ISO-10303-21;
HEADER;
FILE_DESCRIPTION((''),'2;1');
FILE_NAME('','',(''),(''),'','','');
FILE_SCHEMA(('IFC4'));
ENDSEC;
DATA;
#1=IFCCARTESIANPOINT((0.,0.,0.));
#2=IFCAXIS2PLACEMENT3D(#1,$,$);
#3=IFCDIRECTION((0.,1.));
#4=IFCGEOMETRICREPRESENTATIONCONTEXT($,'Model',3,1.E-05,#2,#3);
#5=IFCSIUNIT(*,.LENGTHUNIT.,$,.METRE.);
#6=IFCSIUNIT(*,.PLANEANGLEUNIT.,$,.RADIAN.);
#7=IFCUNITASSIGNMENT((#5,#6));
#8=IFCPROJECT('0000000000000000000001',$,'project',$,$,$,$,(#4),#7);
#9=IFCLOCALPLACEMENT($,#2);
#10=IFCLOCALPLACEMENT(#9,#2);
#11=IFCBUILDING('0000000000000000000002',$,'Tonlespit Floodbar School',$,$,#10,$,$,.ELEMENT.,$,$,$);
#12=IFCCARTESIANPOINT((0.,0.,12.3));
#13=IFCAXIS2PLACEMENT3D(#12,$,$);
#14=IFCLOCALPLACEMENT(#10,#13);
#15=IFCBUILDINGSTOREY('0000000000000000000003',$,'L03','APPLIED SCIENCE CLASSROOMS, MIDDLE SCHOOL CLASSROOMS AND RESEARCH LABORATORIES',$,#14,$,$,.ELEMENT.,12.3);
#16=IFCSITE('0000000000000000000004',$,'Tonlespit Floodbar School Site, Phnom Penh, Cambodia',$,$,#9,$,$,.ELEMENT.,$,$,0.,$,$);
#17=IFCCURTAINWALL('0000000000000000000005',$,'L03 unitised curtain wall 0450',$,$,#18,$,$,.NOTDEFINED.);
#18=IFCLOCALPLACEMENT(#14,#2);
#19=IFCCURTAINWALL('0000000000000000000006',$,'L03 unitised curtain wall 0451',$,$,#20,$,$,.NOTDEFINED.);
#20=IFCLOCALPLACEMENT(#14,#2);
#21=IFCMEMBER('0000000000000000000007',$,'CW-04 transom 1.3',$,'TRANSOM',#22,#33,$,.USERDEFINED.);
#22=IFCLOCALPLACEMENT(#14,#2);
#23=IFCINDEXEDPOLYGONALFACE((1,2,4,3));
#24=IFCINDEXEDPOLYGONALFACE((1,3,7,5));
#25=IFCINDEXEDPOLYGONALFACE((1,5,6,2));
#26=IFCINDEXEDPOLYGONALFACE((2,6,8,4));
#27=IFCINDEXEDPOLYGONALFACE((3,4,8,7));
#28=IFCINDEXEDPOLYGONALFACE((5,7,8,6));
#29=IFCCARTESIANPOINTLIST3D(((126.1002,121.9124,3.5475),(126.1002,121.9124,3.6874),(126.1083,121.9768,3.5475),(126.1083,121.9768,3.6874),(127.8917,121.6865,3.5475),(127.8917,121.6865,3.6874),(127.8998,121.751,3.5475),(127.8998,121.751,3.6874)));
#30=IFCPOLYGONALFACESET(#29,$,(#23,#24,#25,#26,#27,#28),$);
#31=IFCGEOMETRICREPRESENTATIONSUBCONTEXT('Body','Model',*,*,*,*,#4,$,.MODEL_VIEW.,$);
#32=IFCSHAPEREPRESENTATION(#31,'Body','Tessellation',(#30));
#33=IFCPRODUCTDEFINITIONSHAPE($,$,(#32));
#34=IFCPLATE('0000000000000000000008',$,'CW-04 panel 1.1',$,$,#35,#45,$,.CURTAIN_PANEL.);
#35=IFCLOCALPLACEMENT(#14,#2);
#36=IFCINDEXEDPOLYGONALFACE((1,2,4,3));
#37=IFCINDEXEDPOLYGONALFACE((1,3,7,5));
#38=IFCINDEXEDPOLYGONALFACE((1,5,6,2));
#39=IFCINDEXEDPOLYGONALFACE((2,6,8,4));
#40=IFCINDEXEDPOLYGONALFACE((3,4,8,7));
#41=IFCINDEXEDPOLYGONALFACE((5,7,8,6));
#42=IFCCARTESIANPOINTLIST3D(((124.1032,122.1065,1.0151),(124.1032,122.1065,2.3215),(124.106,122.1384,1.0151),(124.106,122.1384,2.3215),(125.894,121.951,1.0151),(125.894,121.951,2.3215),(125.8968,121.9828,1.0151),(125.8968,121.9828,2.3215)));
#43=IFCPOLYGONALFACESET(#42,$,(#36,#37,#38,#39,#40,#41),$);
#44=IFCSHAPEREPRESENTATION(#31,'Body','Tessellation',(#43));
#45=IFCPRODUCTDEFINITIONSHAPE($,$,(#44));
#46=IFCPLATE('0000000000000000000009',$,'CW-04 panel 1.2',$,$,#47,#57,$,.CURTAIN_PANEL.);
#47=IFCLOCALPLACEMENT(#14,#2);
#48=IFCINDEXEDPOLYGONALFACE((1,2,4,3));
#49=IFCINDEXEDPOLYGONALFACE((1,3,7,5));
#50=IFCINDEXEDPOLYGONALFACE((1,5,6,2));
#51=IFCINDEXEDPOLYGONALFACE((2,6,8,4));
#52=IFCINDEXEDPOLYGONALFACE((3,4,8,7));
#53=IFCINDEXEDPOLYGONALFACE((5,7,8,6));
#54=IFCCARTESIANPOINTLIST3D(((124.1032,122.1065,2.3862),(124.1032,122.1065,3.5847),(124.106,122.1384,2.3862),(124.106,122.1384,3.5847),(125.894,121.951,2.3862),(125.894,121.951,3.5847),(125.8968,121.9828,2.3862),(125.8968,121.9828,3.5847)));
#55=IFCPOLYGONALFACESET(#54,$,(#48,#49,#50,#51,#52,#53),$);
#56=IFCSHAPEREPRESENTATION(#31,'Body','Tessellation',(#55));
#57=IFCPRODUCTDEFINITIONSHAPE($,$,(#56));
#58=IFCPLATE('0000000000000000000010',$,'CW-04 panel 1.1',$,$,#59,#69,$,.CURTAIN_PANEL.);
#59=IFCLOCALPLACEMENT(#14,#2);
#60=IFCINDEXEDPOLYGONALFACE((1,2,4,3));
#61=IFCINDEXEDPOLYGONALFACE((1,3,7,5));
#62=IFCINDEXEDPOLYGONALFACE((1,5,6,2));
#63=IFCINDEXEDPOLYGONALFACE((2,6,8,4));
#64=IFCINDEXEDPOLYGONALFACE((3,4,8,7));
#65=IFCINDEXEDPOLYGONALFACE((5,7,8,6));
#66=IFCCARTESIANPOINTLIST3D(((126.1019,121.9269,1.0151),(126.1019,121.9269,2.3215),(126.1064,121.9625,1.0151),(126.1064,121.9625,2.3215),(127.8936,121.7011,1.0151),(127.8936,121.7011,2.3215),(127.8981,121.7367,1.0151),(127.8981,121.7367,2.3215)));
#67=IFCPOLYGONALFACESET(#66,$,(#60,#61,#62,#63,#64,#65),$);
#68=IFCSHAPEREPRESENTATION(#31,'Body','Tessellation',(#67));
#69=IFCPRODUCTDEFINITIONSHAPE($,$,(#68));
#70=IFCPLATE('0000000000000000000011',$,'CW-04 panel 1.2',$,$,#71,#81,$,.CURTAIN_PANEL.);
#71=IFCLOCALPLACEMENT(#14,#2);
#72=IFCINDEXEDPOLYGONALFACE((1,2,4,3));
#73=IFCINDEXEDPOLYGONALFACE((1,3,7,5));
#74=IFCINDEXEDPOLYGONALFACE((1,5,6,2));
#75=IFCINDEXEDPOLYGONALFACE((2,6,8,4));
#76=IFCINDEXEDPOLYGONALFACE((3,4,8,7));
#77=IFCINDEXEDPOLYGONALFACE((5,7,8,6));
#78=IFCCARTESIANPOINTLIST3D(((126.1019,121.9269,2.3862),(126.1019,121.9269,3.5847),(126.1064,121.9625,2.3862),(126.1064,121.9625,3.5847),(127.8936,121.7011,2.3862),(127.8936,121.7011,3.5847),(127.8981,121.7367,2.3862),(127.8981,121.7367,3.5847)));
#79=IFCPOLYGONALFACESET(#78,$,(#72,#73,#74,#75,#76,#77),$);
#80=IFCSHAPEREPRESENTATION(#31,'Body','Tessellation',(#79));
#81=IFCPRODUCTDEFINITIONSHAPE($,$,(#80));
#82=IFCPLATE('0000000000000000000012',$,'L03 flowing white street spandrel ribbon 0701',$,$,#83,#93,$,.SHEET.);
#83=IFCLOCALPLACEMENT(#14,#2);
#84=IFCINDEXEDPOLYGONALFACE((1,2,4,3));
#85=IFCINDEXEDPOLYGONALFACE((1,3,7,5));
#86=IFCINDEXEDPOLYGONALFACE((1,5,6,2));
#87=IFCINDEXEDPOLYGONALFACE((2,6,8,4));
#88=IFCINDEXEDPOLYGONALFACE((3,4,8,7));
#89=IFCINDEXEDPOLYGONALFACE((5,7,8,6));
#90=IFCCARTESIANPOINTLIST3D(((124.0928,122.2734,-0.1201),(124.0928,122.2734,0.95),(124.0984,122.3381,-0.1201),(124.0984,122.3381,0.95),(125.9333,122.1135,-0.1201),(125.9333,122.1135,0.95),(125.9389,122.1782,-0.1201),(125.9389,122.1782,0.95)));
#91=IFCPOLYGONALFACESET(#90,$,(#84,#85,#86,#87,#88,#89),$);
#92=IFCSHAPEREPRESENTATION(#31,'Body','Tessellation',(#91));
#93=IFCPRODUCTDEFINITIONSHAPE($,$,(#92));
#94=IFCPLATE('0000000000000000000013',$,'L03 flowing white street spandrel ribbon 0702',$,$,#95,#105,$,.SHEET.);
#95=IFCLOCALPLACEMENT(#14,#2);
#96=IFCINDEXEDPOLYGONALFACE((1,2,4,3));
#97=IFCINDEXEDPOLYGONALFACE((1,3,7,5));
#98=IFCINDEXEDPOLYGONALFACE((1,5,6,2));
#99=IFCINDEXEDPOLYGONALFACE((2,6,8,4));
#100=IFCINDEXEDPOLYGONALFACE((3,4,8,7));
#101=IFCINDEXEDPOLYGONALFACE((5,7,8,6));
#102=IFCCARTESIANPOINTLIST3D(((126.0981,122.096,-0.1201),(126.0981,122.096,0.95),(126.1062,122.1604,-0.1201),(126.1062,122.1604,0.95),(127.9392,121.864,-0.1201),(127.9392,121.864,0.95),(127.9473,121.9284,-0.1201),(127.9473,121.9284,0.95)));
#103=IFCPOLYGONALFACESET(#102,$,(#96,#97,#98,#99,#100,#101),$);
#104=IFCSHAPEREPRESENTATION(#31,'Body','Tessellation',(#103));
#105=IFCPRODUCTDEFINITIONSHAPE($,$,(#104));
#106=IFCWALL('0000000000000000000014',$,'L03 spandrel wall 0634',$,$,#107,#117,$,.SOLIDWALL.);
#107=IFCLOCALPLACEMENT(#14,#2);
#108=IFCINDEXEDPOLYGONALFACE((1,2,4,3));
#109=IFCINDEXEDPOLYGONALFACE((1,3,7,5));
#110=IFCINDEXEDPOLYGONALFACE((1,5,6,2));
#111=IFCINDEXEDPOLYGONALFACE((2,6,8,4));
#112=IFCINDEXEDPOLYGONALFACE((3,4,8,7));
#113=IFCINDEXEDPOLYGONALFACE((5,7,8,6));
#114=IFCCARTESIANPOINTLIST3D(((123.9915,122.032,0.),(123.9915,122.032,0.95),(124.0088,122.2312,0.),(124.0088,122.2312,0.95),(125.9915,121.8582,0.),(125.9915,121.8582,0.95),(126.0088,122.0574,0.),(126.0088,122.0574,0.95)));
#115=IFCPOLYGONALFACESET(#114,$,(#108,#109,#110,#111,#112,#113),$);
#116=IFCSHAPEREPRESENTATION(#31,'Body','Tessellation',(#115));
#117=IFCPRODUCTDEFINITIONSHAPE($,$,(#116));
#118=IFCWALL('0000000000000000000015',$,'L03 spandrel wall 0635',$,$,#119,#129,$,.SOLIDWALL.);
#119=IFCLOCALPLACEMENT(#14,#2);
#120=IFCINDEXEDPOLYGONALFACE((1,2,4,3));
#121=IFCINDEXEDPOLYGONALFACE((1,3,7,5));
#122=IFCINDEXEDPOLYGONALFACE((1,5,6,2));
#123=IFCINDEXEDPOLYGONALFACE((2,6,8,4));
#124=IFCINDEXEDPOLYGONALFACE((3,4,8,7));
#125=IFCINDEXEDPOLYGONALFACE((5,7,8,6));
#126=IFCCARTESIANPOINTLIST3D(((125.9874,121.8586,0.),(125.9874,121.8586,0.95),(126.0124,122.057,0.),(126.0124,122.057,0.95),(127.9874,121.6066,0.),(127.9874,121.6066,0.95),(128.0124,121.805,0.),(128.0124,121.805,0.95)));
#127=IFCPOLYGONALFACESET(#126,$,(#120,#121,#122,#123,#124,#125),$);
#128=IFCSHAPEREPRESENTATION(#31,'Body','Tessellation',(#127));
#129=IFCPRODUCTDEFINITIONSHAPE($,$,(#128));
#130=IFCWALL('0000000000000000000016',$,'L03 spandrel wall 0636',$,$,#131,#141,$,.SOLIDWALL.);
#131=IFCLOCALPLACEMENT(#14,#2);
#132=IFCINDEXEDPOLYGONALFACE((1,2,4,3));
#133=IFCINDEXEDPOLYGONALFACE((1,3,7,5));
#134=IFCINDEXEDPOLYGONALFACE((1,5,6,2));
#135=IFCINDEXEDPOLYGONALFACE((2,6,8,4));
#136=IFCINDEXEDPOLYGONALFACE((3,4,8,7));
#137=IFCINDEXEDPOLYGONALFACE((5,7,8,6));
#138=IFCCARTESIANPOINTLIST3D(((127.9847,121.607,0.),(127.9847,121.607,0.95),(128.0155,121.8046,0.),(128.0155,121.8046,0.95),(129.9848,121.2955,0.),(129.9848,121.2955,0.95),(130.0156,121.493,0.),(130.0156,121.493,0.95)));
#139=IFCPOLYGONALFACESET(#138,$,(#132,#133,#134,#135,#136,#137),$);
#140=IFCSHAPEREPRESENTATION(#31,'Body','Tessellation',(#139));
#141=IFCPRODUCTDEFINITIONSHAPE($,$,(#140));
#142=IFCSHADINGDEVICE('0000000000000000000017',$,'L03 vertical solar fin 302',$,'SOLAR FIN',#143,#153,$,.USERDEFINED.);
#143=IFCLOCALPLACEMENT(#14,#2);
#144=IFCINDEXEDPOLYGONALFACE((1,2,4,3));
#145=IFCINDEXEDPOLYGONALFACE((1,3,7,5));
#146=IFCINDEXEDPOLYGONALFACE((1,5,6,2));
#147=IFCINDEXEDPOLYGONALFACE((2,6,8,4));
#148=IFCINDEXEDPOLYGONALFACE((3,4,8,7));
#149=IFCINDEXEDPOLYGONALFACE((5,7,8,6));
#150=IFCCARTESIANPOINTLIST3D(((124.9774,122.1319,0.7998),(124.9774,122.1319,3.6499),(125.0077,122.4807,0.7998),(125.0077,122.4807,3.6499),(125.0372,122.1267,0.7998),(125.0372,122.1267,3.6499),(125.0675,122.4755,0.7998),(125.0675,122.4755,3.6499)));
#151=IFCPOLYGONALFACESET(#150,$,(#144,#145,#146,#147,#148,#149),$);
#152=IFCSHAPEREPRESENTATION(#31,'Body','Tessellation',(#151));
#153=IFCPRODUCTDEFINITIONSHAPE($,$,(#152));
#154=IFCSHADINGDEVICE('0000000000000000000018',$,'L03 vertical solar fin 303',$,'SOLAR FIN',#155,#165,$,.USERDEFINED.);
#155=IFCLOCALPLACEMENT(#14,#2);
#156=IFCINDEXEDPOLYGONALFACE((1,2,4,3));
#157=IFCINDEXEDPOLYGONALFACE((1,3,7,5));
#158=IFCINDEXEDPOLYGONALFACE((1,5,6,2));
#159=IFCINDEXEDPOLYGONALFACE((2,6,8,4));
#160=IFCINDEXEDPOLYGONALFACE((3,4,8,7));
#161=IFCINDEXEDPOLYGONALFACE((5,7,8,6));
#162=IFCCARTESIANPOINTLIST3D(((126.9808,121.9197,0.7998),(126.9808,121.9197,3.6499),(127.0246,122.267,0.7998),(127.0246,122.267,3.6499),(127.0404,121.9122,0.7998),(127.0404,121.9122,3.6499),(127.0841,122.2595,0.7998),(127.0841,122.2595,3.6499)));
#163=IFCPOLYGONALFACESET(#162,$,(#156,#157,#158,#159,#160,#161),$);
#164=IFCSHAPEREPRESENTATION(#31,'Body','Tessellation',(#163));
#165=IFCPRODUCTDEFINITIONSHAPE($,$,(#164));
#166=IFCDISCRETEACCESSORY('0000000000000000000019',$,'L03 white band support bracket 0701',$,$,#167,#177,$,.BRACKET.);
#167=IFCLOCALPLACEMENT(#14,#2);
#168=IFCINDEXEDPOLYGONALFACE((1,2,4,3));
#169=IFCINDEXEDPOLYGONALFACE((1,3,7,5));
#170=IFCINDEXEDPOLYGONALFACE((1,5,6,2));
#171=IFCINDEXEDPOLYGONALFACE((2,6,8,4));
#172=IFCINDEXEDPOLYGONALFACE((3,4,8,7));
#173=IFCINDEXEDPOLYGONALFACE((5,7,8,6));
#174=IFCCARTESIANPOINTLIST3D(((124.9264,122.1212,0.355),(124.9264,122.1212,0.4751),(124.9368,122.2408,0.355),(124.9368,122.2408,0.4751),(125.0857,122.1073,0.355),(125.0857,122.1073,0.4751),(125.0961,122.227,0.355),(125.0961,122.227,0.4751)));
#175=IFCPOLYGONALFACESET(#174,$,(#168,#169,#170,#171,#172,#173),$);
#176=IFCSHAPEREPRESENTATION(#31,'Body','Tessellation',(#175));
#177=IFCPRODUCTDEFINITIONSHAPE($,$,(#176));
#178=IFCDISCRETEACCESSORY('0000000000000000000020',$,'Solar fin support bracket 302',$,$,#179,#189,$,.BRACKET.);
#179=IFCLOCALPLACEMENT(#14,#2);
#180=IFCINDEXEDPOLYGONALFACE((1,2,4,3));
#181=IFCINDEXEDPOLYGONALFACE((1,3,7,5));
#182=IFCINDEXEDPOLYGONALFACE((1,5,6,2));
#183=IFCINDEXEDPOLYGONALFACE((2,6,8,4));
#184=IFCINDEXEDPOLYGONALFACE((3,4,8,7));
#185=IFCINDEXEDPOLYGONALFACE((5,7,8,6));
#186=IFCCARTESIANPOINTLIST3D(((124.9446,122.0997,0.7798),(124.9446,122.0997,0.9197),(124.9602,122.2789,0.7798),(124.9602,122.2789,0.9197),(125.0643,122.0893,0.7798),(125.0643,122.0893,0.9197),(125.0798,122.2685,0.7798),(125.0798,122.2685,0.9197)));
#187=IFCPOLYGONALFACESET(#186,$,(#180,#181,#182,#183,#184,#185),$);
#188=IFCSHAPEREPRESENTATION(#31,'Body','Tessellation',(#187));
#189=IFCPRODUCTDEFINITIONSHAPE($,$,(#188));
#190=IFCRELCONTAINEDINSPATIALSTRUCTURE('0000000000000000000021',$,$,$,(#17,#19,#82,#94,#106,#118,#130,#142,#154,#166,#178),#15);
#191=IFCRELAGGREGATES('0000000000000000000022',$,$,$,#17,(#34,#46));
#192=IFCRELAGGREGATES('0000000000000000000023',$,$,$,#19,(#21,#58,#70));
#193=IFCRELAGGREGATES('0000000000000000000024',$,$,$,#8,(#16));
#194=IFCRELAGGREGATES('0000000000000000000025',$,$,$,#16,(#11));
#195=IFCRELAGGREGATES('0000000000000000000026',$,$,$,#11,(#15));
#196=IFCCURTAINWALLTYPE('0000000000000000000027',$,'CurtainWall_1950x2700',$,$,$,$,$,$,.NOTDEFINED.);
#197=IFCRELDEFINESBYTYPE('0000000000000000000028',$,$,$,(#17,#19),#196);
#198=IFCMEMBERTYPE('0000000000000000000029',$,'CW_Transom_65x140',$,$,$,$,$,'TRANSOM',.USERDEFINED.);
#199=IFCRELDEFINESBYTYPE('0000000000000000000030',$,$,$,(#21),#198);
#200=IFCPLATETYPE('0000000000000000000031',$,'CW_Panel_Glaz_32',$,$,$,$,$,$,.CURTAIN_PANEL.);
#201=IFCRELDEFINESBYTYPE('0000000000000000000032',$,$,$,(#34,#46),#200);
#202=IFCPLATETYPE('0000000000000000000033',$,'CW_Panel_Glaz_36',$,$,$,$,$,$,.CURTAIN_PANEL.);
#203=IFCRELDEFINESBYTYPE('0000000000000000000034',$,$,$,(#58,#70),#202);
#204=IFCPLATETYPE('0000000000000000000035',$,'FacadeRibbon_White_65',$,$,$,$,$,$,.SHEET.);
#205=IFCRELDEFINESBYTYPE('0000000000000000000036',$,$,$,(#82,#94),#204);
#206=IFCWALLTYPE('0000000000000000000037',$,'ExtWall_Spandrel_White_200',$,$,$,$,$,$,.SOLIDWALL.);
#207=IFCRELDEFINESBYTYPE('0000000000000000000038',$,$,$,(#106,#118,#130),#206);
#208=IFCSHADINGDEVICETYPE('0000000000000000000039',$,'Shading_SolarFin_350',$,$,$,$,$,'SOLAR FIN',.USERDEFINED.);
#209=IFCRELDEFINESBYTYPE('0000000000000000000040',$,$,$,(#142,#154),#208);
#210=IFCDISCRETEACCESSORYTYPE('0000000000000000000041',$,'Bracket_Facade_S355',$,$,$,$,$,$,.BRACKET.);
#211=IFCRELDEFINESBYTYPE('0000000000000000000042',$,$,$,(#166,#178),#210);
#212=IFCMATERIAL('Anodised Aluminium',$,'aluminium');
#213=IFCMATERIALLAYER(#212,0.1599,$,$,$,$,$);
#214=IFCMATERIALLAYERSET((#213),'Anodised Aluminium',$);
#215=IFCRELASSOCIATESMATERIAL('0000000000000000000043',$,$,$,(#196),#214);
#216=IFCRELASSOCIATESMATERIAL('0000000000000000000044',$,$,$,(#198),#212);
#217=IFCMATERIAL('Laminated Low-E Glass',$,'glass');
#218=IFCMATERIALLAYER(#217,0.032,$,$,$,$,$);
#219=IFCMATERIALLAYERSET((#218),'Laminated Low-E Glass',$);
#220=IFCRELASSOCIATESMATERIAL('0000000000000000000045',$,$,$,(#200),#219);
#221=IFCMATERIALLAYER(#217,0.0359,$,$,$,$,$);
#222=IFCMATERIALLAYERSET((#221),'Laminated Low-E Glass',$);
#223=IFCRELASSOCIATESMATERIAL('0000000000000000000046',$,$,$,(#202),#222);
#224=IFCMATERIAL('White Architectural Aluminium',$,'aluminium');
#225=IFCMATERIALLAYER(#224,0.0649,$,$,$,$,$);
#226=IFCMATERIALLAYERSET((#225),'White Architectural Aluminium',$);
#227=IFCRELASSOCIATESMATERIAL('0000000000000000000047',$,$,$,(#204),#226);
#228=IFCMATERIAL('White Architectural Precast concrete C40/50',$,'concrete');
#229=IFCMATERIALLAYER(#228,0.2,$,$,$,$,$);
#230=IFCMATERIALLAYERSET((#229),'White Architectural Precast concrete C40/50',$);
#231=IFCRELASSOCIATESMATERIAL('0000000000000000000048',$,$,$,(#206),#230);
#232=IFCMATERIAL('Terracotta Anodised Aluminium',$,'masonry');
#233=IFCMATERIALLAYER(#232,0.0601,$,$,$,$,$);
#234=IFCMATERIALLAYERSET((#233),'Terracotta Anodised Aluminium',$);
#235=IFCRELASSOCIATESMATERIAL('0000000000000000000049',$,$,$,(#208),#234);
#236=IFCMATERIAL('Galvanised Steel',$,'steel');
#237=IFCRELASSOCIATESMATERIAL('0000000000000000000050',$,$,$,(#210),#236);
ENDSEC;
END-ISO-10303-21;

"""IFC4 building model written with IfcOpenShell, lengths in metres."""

from ifc_helpers import new_model, si_unit, direction, frame, frame_2d, origin, origin_2d, place, context, subcontext, project, spatial, rectangle, extrude, material, layer, layer_set, material_profile, profile_set, type_object, element, aggregate, save


model = new_model("IFC4")

# Units and contexts
model_context = context("Model", 3, precision=1e-05, world=origin(), true_north=direction((0.0, 1.0)))
body_context = subcontext(model_context, "Body", "Model", "MODEL_VIEW")
ifc_project = project(units=[si_unit("LENGTHUNIT", "METRE"), si_unit("PLANEANGLEUNIT", "RADIAN")], contexts=[model_context])

# Site, building, storey
site_placement = place(None, origin())
site = spatial("IfcSite", under=ifc_project, at=site_placement, Name="Tonlespit Floodbar School Site, Phnom Penh, Cambodia", CompositionType="ELEMENT", RefElevation=0.0)
building_placement = place(site_placement, origin())
building = spatial("IfcBuilding", under=site, at=building_placement, Name="Tonlespit Floodbar School", CompositionType="ELEMENT")
storey_placement = place(building_placement, frame((0.0, 0.0, 12.3)))
storey = spatial("IfcBuildingStorey", under=building, at=storey_placement, Name="L03", Description="APPLIED SCIENCE CLASSROOMS, MIDDLE SCHOOL CLASSROOMS AND RESEARCH LABORATORIES", CompositionType="ELEMENT", Elevation=12.3)

# Curtain wall
ifc_material_1 = material(Name="Anodised Aluminium", Category="aluminium")
ifc_layer_1 = layer(ifc_material_1, 0.1599)
ifc_layer_set_1 = layer_set([ifc_layer_1], Name="Anodised Aluminium")
curtain_wall_type_1 = type_object("IfcCurtainWallType", Name="CurtainWall_1950x2700", PredefinedType="NOTDEFINED", material=ifc_layer_set_1)
curtain_wall_1_placement = place(storey_placement, origin())
curtain_wall_1 = element("IfcCurtainWall", 1, at=curtain_wall_1_placement, inside=storey, type_object=curtain_wall_type_1, Name="L03 unitised curtain wall 0450", PredefinedType="NOTDEFINED")

# Curtain wall
curtain_wall_2_placement = place(storey_placement, origin())
curtain_wall_2 = element("IfcCurtainWall", 2, at=curtain_wall_2_placement, inside=storey, type_object=curtain_wall_type_1, Name="L03 unitised curtain wall 0451", PredefinedType="NOTDEFINED")

# Member
ifc_material_profile_1 = material_profile(ifc_material_1, rectangle(XDim=0.0649, YDim=0.1399, at=origin_2d()), Name="ALU T65x140")
ifc_profile_set_1 = profile_set([ifc_material_profile_1], Name="Anodised Aluminium")
member_type_1 = type_object("IfcMemberType", Name="CW_Transom_65x140", ElementType="TRANSOM", PredefinedType="USERDEFINED", material=ifc_profile_set_1)
member_1_placement = place(storey_placement, frame((126.1042, 121.9446, 3.6174), z_axis=(0.992148, -0.125066, 0.0), x_axis=(0.125066, 0.992148, 0.0)))
member_1 = element("IfcMember", 3, at=member_1_placement, type_object=member_type_1, Name="CW-04 transom 1.3", ObjectType="TRANSOM", PredefinedType="USERDEFINED", context=body_context, shape_type="SweptSolid", body=[
    extrude(rectangle(XDim=0.0649, YDim=0.1399, at=origin_2d()), origin(), (0.0, 0.0, 1.0), 1.8057),
])

# Plates
ifc_material_2 = material(Name="Laminated Low-E Glass", Category="glass")
ifc_layer_2 = layer(ifc_material_2, 0.032)
ifc_layer_set_2 = layer_set([ifc_layer_2], Name="Laminated Low-E Glass")
plate_type_1 = type_object("IfcPlateType", Name="CW_Panel_Glaz_32", PredefinedType="CURTAIN_PANEL", material=ifc_layer_set_2)
plate_1_placement = place(storey_placement, frame((125.0, 122.0447, 1.0151), z_axis=(0.0, 0.0, 1.0), x_axis=(0.996249, -0.086531, 0.0)))
plate_1 = element("IfcPlate", 4, at=plate_1_placement, type_object=plate_type_1, Name="CW-04 panel 1.1", PredefinedType="CURTAIN_PANEL", context=body_context, shape_type="SweptSolid", body=[
    extrude(rectangle(XDim=1.7976, YDim=0.032, at=origin_2d()), origin(), (0.0, 0.0, 1.0), 1.3064),
])
plate_2_placement = place(storey_placement, frame((125.0, 122.0447, 2.3862), z_axis=(0.0, 0.0, 1.0), x_axis=(0.996249, -0.086531, 0.0)))
plate_2 = element("IfcPlate", 5, at=plate_2_placement, type_object=plate_type_1, Name="CW-04 panel 1.2", PredefinedType="CURTAIN_PANEL", context=body_context, shape_type="SweptSolid", body=[
    extrude(rectangle(XDim=1.7976, YDim=0.032, at=origin_2d()), origin(), (0.0, 0.0, 1.0), 1.1985),
])
aggregate(curtain_wall_1, [plate_1, plate_2])
ifc_layer_3 = layer(ifc_material_2, 0.0359)
ifc_layer_set_3 = layer_set([ifc_layer_3], Name="Laminated Low-E Glass")
plate_type_2 = type_object("IfcPlateType", Name="CW_Panel_Glaz_36", PredefinedType="CURTAIN_PANEL", material=ifc_layer_set_3)
plate_3_placement = place(storey_placement, frame((127.0, 121.8318, 1.0151), z_axis=(0.0, 0.0, 1.0), x_axis=(0.992155, -0.125014, 0.0)))
plate_3 = element("IfcPlate", 6, at=plate_3_placement, type_object=plate_type_2, Name="CW-04 panel 1.1", PredefinedType="CURTAIN_PANEL", context=body_context, shape_type="SweptSolid", body=[
    extrude(rectangle(XDim=1.8059, YDim=0.0359, at=origin_2d()), origin(), (0.0, 0.0, 1.0), 1.3064),
])
plate_4_placement = place(storey_placement, frame((127.0, 121.8318, 2.3862), z_axis=(0.0, 0.0, 1.0), x_axis=(0.992155, -0.125014, 0.0)))
plate_4 = element("IfcPlate", 7, at=plate_4_placement, type_object=plate_type_2, Name="CW-04 panel 1.2", PredefinedType="CURTAIN_PANEL", context=body_context, shape_type="SweptSolid", body=[
    extrude(rectangle(XDim=1.8059, YDim=0.0359, at=origin_2d()), origin(), (0.0, 0.0, 1.0), 1.1985),
])
aggregate(curtain_wall_2, [member_1, plate_3, plate_4])

# Plates
ifc_material_3 = material(Name="White Architectural Aluminium", Category="aluminium")
ifc_layer_4 = layer(ifc_material_3, 0.0649)
ifc_layer_set_4 = layer_set([ifc_layer_4], Name="White Architectural Aluminium")
plate_type_3 = type_object("IfcPlateType", Name="FacadeRibbon_White_65", PredefinedType="SHEET", material=ifc_layer_set_4)
plate_5_placement = place(storey_placement, frame((125.0159, 122.2258, -0.1201), z_axis=(0.0, 0.0, 1.0), x_axis=(0.996245, -0.086573, 0.0)))
element("IfcPlate", 8, at=plate_5_placement, inside=storey, type_object=plate_type_3, Name="L03 flowing white street spandrel ribbon 0701", PredefinedType="SHEET", context=body_context, shape_type="SweptSolid", body=[
    extrude(rectangle(XDim=1.8474, YDim=0.0649, at=origin_2d()), origin(), (0.0, 0.0, 1.0), 1.0701),
])
plate_6_placement = place(storey_placement, frame((127.0227, 122.0122, -0.1201), z_axis=(0.0, 0.0, 1.0), x_axis=(0.992155, -0.125011, 0.0)))
element("IfcPlate", 9, at=plate_6_placement, inside=storey, type_object=plate_type_3, Name="L03 flowing white street spandrel ribbon 0702", PredefinedType="SHEET", context=body_context, shape_type="SweptSolid", body=[
    extrude(rectangle(XDim=1.8557, YDim=0.0649, at=origin_2d()), origin(), (0.0, 0.0, 1.0), 1.0701),
])

# Walls
ifc_material_4 = material(Name="White Architectural Precast concrete C40/50", Category="concrete")
ifc_layer_5 = layer(ifc_material_4, 0.2)
ifc_layer_set_5 = layer_set([ifc_layer_5], Name="White Architectural Precast concrete C40/50")
wall_type = type_object("IfcWallType", Name="ExtWall_Spandrel_White_200", PredefinedType="SOLIDWALL", material=ifc_layer_set_5)
wall_1_placement = place(storey_placement, frame((124.0, 122.1316, 0.0), z_axis=(0.0, 0.0, 1.0), x_axis=(0.996244, -0.086588, 0.0)))
element("IfcWall", 10, at=wall_1_placement, inside=storey, type_object=wall_type, Name="L03 spandrel wall 0634", PredefinedType="SOLIDWALL", context=body_context, shape_type="SweptSolid", body=[
    extrude(rectangle(XDim=2.0076, YDim=0.2, at=frame_2d((1.0039, 0.0))), origin(), (0.0, 0.0, 1.0), 0.95),
])
wall_2_placement = place(storey_placement, frame((126.0, 121.9578, 0.0), z_axis=(0.0, 0.0, 1.0), x_axis=(0.992158, -0.124989, 0.0)))
element("IfcWall", 11, at=wall_2_placement, inside=storey, type_object=wall_type, Name="L03 spandrel wall 0635", PredefinedType="SOLIDWALL", context=body_context, shape_type="SweptSolid", body=[
    extrude(rectangle(XDim=2.0159, YDim=0.2, at=frame_2d((1.0078, 0.0))), origin(), (0.0, 0.0, 1.0), 0.95),
])
wall_3_placement = place(storey_placement, frame((128.0, 121.7058, 0.0), z_axis=(0.0, 0.0, 1.0), x_axis=(0.988086, -0.153906, 0.0)))
element("IfcWall", 12, at=wall_3_placement, inside=storey, type_object=wall_type, Name="L03 spandrel wall 0636", PredefinedType="SOLIDWALL", context=body_context, shape_type="SweptSolid", body=[
    extrude(rectangle(XDim=2.0242, YDim=0.2, at=frame_2d((1.0122, 0.0))), origin(), (0.0, 0.0, 1.0), 0.95),
])

# Shading devices
ifc_material_5 = material(Name="Terracotta Anodised Aluminium", Category="masonry")
ifc_layer_6 = layer(ifc_material_5, 0.0601)
ifc_layer_set_6 = layer_set([ifc_layer_6], Name="Terracotta Anodised Aluminium")
shading_device_type = type_object("IfcShadingDeviceType", Name="Shading_SolarFin_350", ElementType="SOLAR FIN", PredefinedType="USERDEFINED", material=ifc_layer_set_6)
for number, where, z_axis, x_axis, name in (
    (13, (125.0225, 122.3037, 0.7998), (0.0, 0.0, 1.0), (0.996245, -0.086573, 0.0), "L03 vertical solar fin 302"),
    (14, (127.0325, 122.0896, 0.7998), (0.0, 0.0, 1.0), (0.992155, -0.125011, 0.0), "L03 vertical solar fin 303"),
):
    element("IfcShadingDevice", number, at=place(storey_placement, frame(where, z_axis=z_axis, x_axis=x_axis)), inside=storey, type_object=shading_device_type, Name=name, ObjectType="SOLAR FIN", PredefinedType="USERDEFINED", context=body_context, shape_type="SweptSolid", body=[
        extrude(rectangle(XDim=0.0601, YDim=0.3501, at=origin_2d()), origin(), (0.0, 0.0, 1.0), 2.8501),
    ])

# Discrete accessories
ifc_material_6 = material(Name="Galvanised Steel", Category="steel")
discrete_accessory_type = type_object("IfcDiscreteAccessoryType", Name="Bracket_Facade_S355", PredefinedType="BRACKET", material=ifc_material_6)
discrete_accessory_1_placement = place(storey_placement, frame((125.0112, 122.1741, 0.355), z_axis=(0.0, 0.0, 1.0), x_axis=(0.996245, -0.086573, 0.0)))
element("IfcDiscreteAccessory", 15, at=discrete_accessory_1_placement, inside=storey, type_object=discrete_accessory_type, Name="L03 white band support bracket 0701", PredefinedType="BRACKET", context=body_context, shape_type="SweptSolid", body=[
    extrude(rectangle(XDim=0.1599, YDim=0.1201, at=origin_2d()), origin(), (0.0, 0.0, 1.0), 0.1201),
])
discrete_accessory_2_placement = place(storey_placement, frame((125.0122, 122.1841, 0.7798), z_axis=(0.0, 0.0, 1.0), x_axis=(0.996245, -0.086573, 0.0)))
element("IfcDiscreteAccessory", 16, at=discrete_accessory_2_placement, inside=storey, type_object=discrete_accessory_type, Name="Solar fin support bracket 302", PredefinedType="BRACKET", context=body_context, shape_type="SweptSolid", body=[
    extrude(rectangle(XDim=0.1201, YDim=0.1799, at=origin_2d()), origin(), (0.0, 0.0, 1.0), 0.1399),
])

save(model, "model.ifc")
